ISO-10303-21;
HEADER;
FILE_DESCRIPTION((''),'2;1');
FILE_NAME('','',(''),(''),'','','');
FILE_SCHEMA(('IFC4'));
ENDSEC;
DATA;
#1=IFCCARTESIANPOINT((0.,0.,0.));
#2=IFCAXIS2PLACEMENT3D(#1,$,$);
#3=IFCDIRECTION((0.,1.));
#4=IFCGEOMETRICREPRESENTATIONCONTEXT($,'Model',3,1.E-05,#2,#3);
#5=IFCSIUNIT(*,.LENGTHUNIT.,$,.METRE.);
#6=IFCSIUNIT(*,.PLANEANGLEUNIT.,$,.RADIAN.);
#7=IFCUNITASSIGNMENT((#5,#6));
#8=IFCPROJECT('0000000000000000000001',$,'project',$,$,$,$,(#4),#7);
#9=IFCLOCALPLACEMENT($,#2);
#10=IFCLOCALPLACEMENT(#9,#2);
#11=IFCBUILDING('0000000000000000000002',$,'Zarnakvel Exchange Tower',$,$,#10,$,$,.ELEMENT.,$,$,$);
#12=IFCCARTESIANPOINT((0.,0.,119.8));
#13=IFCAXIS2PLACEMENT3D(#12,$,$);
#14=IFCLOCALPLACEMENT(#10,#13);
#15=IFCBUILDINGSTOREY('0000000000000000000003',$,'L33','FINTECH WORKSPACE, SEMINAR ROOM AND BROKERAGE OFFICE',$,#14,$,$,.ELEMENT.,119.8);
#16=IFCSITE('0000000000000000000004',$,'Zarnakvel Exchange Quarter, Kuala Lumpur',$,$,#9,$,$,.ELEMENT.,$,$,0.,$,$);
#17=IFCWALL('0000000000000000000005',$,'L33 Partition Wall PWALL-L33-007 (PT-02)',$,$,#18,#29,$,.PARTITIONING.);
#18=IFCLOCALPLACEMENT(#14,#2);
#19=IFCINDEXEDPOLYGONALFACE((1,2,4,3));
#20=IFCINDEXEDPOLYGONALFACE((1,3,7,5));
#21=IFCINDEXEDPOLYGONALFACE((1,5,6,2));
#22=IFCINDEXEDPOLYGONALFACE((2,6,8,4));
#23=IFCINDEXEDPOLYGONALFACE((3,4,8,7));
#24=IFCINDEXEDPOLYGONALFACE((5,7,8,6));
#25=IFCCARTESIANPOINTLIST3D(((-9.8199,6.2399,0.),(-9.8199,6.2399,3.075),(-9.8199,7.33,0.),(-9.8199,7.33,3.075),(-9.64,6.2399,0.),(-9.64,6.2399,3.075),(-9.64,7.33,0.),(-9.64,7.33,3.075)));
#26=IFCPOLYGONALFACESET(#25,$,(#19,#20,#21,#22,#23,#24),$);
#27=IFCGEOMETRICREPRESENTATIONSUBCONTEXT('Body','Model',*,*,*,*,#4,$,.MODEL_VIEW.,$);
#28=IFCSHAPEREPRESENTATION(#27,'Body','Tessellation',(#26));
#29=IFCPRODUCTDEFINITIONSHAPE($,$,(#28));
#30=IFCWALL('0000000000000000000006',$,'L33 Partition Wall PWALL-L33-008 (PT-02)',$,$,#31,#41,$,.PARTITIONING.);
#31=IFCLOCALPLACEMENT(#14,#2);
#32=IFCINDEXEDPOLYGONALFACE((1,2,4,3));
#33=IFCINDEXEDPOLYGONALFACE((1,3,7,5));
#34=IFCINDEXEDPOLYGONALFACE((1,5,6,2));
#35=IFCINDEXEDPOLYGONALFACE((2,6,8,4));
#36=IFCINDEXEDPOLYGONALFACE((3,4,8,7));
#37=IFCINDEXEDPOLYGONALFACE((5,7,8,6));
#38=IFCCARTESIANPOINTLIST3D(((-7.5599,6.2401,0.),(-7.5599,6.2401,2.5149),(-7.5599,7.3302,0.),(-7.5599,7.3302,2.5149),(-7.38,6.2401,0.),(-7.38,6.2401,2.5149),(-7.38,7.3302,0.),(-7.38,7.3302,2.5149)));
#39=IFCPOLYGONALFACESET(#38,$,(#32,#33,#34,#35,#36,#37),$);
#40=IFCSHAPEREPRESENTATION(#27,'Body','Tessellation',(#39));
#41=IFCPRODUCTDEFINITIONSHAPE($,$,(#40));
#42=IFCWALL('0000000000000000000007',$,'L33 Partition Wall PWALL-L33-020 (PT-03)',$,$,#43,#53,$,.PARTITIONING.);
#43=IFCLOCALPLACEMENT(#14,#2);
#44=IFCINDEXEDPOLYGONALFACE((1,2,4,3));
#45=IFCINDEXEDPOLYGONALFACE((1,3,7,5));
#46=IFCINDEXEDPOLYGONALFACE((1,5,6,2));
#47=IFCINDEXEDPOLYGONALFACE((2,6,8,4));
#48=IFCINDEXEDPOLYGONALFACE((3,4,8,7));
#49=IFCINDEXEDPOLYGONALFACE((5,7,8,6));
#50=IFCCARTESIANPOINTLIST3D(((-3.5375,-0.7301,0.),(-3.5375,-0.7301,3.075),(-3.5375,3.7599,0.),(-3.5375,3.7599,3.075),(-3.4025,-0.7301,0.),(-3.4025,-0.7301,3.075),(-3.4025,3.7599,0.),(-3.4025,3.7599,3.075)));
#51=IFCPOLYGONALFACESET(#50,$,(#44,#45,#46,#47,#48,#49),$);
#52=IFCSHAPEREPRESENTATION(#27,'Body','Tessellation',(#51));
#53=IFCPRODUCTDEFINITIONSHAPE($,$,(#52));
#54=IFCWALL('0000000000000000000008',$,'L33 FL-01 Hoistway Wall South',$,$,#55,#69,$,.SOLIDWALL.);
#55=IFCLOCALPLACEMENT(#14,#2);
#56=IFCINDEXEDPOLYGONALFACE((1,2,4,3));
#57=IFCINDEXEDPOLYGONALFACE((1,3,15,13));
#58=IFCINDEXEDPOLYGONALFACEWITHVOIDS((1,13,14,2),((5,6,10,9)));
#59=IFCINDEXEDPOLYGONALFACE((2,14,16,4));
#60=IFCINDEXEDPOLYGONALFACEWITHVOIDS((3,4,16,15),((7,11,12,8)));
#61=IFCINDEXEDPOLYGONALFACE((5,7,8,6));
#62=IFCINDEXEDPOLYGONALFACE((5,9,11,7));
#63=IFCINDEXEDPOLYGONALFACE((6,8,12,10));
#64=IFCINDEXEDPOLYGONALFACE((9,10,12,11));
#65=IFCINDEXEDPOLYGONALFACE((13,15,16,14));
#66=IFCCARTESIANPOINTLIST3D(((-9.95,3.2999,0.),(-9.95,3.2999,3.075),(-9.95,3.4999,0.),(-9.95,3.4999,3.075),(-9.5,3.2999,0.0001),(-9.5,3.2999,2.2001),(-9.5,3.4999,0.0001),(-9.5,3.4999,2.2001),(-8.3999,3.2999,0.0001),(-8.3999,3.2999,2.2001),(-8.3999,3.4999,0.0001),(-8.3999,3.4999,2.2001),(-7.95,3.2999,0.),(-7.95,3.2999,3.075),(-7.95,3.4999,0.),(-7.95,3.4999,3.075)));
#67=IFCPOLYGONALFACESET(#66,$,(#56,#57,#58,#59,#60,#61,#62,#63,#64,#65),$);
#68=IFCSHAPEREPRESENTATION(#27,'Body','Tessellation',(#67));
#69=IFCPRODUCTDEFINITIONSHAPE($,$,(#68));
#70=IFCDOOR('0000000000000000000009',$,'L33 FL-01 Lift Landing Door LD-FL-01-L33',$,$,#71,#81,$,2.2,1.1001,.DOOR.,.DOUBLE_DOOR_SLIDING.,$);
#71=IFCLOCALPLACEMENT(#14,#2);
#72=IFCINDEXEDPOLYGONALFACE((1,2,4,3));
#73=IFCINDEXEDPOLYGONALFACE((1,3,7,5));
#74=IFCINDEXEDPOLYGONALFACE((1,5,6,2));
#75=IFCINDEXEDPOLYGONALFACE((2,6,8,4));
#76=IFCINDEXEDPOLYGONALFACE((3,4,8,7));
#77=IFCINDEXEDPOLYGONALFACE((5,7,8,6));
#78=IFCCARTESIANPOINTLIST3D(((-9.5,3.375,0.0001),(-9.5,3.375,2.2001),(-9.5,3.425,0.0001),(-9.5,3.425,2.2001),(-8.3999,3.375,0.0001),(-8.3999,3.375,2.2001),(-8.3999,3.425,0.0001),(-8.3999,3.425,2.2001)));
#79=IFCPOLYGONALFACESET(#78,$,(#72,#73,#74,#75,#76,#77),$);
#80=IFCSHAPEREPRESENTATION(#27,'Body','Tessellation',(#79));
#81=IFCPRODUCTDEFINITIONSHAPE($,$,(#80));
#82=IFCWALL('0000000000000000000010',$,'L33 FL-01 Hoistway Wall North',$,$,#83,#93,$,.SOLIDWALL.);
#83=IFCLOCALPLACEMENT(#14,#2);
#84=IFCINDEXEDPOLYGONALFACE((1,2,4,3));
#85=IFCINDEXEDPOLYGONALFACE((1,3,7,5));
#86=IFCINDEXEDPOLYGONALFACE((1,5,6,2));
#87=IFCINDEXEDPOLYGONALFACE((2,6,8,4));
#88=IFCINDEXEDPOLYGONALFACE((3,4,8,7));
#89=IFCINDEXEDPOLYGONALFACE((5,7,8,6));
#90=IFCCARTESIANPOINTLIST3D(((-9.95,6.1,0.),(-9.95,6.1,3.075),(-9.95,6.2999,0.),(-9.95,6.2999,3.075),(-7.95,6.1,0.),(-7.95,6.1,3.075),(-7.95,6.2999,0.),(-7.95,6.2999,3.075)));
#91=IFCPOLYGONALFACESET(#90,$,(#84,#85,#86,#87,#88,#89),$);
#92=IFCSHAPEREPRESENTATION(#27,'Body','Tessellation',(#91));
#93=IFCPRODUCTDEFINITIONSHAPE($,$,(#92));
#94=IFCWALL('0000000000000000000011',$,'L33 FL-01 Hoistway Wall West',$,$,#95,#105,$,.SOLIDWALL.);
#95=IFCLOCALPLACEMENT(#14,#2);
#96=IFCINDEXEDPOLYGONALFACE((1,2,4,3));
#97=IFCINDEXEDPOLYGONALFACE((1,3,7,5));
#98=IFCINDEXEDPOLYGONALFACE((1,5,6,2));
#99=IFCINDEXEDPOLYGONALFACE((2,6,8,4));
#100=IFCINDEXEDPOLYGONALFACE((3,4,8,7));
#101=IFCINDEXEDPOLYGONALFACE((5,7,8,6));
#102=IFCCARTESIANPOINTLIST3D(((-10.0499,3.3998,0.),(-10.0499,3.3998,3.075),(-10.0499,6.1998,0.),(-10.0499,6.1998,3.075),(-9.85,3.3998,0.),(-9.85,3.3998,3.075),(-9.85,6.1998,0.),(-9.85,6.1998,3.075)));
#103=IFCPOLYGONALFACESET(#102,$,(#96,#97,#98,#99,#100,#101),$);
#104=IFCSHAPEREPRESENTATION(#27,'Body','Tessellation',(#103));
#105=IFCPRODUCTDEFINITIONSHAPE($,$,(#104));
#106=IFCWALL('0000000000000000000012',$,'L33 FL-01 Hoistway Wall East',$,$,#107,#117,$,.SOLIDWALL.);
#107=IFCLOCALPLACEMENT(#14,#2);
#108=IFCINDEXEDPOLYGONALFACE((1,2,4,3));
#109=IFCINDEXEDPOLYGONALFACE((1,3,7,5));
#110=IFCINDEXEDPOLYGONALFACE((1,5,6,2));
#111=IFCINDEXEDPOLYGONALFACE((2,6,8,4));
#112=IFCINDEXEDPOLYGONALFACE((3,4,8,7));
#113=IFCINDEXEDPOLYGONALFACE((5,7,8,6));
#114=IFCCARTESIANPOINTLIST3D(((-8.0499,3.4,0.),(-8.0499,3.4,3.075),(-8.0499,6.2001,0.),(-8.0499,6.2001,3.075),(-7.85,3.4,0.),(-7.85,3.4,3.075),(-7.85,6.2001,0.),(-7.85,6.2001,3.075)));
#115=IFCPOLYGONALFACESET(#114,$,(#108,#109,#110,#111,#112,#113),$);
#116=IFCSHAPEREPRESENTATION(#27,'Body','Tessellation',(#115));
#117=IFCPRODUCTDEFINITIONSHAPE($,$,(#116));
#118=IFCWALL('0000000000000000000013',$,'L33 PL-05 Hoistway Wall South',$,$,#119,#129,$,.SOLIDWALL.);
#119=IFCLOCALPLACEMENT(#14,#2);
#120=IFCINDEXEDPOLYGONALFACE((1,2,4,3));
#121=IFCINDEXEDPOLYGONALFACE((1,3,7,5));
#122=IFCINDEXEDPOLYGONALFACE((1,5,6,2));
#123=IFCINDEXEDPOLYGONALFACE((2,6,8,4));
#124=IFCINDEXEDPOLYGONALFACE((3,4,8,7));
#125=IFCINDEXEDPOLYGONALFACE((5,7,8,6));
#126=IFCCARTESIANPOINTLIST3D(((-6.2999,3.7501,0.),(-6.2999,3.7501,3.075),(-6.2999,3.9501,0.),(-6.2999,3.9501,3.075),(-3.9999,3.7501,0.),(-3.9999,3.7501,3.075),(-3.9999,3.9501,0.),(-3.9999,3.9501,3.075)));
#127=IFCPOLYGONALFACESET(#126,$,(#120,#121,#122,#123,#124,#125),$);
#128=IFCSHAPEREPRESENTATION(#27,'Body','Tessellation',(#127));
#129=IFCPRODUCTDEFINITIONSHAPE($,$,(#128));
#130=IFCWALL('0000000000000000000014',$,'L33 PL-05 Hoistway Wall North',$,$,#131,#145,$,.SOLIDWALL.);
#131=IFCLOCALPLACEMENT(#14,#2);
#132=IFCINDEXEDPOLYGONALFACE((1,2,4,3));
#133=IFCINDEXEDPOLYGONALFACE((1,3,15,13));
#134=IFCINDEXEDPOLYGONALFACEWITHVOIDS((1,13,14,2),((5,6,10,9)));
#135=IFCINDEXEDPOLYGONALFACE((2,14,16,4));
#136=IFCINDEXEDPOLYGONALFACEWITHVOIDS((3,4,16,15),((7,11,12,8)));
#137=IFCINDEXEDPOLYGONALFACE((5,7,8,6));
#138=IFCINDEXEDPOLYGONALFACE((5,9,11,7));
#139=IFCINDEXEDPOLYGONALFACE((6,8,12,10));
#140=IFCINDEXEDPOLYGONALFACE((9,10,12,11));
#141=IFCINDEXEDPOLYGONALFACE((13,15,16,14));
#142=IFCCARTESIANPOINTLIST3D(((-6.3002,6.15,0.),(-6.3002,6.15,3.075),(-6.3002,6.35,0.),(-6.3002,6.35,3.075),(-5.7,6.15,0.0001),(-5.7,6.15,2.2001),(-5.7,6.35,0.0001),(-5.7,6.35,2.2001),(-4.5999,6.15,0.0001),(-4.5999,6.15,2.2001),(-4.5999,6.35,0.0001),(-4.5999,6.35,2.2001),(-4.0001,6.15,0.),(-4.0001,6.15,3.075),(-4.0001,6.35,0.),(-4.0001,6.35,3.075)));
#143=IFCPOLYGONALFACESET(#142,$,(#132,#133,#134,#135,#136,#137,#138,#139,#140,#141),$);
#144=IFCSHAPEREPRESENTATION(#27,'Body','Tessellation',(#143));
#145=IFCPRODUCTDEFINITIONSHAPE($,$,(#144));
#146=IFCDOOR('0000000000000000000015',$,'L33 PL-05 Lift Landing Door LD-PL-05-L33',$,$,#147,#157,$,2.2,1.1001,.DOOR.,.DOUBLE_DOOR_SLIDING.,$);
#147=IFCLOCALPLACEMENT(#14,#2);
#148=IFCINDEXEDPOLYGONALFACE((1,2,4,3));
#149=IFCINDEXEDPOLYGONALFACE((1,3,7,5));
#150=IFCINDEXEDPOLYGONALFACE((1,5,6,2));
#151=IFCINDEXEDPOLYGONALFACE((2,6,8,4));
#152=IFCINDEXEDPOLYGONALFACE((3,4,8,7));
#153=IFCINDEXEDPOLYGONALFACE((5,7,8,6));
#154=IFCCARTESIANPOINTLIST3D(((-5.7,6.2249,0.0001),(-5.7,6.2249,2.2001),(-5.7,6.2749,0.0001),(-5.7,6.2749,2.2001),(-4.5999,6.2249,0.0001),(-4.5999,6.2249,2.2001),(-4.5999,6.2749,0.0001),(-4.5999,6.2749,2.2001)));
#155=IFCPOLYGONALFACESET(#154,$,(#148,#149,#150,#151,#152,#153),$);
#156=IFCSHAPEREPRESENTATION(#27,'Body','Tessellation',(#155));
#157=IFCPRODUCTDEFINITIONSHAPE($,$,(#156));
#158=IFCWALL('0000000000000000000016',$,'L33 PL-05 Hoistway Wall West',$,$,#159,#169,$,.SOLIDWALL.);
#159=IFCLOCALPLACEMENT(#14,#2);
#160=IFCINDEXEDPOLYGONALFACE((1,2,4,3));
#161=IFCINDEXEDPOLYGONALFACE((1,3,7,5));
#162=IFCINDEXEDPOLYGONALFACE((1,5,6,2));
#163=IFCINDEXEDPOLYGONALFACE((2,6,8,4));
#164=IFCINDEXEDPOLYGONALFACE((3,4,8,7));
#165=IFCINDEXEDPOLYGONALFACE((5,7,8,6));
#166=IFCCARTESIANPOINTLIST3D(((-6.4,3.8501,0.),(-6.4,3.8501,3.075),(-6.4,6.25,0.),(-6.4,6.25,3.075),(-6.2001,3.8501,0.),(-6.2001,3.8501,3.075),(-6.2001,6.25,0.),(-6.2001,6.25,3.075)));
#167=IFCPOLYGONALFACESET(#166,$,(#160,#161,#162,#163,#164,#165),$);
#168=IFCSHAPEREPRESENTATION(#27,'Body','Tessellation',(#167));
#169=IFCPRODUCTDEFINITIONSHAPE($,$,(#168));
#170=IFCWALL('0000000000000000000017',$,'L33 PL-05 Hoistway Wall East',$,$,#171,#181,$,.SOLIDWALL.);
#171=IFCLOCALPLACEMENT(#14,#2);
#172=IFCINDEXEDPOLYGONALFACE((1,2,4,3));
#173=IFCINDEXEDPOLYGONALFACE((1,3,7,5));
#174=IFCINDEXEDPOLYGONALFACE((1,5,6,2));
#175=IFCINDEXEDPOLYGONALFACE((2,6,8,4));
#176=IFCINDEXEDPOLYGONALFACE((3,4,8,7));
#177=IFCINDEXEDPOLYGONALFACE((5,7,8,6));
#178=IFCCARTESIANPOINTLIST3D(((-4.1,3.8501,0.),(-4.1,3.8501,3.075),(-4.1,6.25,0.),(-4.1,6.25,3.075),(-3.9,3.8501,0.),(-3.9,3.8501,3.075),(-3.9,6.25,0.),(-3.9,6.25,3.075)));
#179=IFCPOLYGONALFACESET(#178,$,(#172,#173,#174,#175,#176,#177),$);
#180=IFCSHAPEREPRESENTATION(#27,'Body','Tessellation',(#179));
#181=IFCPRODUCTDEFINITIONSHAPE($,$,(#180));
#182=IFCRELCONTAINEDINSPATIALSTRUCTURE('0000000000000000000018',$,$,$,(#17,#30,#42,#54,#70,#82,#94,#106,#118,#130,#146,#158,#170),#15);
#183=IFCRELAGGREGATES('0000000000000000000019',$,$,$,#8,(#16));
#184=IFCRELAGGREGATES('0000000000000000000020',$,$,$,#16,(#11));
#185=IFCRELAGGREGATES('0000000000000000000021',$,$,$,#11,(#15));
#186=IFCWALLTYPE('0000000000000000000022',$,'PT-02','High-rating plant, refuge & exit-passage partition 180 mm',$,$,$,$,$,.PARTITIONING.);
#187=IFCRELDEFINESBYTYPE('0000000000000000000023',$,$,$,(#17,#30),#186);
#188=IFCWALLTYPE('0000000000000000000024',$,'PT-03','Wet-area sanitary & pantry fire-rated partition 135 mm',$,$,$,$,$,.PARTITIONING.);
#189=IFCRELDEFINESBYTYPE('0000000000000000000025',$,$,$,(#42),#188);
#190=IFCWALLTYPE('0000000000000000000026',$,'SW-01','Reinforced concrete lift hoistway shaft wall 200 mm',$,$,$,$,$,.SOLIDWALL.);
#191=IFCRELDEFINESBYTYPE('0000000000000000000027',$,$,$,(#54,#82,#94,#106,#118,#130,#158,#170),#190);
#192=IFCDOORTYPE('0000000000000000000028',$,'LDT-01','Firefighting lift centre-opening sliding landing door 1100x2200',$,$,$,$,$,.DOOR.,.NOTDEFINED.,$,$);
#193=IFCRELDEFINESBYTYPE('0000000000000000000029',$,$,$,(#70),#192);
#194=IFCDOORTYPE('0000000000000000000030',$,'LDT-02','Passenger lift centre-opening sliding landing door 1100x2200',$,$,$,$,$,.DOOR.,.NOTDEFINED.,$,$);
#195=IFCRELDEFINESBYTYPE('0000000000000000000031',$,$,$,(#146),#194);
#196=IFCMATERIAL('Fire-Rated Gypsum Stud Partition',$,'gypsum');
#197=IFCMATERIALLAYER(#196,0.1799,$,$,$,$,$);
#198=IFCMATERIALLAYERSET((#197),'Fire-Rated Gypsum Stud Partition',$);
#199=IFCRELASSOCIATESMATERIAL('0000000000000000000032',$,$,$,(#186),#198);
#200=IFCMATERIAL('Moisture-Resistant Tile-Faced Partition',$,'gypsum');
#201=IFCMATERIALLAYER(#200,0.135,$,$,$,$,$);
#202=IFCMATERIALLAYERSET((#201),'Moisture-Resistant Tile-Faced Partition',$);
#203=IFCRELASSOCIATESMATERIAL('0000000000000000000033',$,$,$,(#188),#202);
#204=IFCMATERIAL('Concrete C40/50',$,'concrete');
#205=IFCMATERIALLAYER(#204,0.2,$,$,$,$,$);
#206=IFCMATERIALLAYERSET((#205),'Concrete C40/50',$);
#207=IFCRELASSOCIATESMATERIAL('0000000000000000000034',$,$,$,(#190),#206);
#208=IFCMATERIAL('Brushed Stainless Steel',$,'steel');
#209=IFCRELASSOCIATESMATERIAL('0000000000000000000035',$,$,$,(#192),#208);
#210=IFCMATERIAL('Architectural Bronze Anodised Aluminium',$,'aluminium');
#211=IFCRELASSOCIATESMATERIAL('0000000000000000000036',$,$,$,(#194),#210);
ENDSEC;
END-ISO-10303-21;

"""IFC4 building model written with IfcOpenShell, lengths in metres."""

from ifc_helpers import new_model, si_unit, direction, frame, frame_2d, origin, place, context, subcontext, project, spatial, rectangle, extrude, source, transform, mapped, material, layer, layer_set, type_object, element, fill, save


model = new_model("IFC4")

# Units and contexts
model_context = context("Model", 3, precision=1e-05, world=origin(), true_north=direction((0.0, 1.0)))
body_context = subcontext(model_context, "Body", "Model", "MODEL_VIEW")
ifc_project = project(units=[si_unit("LENGTHUNIT", "METRE"), si_unit("PLANEANGLEUNIT", "RADIAN")], contexts=[model_context])

# Site, building, storey
site_placement = place(None, origin())
site = spatial("IfcSite", under=ifc_project, at=site_placement, Name="Zarnakvel Exchange Quarter, Kuala Lumpur", CompositionType="ELEMENT", RefElevation=0.0)
building_placement = place(site_placement, origin())
building = spatial("IfcBuilding", under=site, at=building_placement, Name="Zarnakvel Exchange Tower", CompositionType="ELEMENT")
storey_placement = place(building_placement, frame((0.0, 0.0, 119.8)))
storey = spatial("IfcBuildingStorey", under=building, at=storey_placement, Name="L33", Description="FINTECH WORKSPACE, SEMINAR ROOM AND BROKERAGE OFFICE", CompositionType="ELEMENT", Elevation=119.8)

# Walls
ifc_material_1 = material(Name="Fire-Rated Gypsum Stud Partition", Category="gypsum")
ifc_layer_1 = layer(ifc_material_1, 0.1799)
ifc_layer_set_1 = layer_set([ifc_layer_1], Name="Fire-Rated Gypsum Stud Partition")
wall_type_1 = type_object("IfcWallType", Name="PT-02", Description="High-rating plant, refuge & exit-passage partition 180 mm", PredefinedType="PARTITIONING", material=ifc_layer_set_1)
wall_1_placement = place(storey_placement, frame((-9.73, 6.24, 0.0), z_axis=(0.0, 0.0, 1.0), x_axis=(0.0, 1.0, 0.0)))
element("IfcWall", 1, at=wall_1_placement, inside=storey, type_object=wall_type_1, Name="L33 Partition Wall PWALL-L33-007 (PT-02)", PredefinedType="PARTITIONING", context=body_context, shape_type="SweptSolid", body=[
    extrude(rectangle(XDim=1.0901, YDim=0.1799, at=frame_2d((0.5449, 0.0))), origin(), (0.0, 0.0, 1.0), 3.075),
])
wall_2_placement = place(storey_placement, frame((-7.47, 7.3301, 0.0), z_axis=(0.0, 0.0, 1.0), x_axis=(0.0, -1.0, 0.0)))
element("IfcWall", 2, at=wall_2_placement, inside=storey, type_object=wall_type_1, Name="L33 Partition Wall PWALL-L33-008 (PT-02)", PredefinedType="PARTITIONING", context=body_context, shape_type="SweptSolid", body=[
    extrude(rectangle(XDim=1.0901, YDim=0.1799, at=frame_2d((0.5449, 0.0))), origin(), (0.0, 0.0, 1.0), 2.5149),
])
ifc_material_2 = material(Name="Moisture-Resistant Tile-Faced Partition", Category="gypsum")
ifc_layer_2 = layer(ifc_material_2, 0.135)
ifc_layer_set_2 = layer_set([ifc_layer_2], Name="Moisture-Resistant Tile-Faced Partition")
wall_type_2 = type_object("IfcWallType", Name="PT-03", Description="Wet-area sanitary & pantry fire-rated partition 135 mm", PredefinedType="PARTITIONING", material=ifc_layer_set_2)
wall_3_placement = place(storey_placement, frame((-3.47, 3.76, 0.0), z_axis=(0.0, 0.0, 1.0), x_axis=(0.0, -1.0, 0.0)))
element("IfcWall", 3, at=wall_3_placement, inside=storey, type_object=wall_type_2, Name="L33 Partition Wall PWALL-L33-020 (PT-03)", PredefinedType="PARTITIONING", context=body_context, shape_type="SweptSolid", body=[
    extrude(rectangle(XDim=4.49, YDim=0.135, at=frame_2d((2.2451, 0.0))), origin(), (0.0, 0.0, 1.0), 3.075),
])

# Wall, opening, door
ifc_material_3 = material(Name="Concrete C40/50", Category="concrete")
ifc_layer_3 = layer(ifc_material_3, 0.2)
ifc_layer_set_3 = layer_set([ifc_layer_3], Name="Concrete C40/50")
wall_type_3 = type_object("IfcWallType", Name="SW-01", Description="Reinforced concrete lift hoistway shaft wall 200 mm", PredefinedType="SOLIDWALL", material=ifc_layer_set_3)
wall_4_placement = place(storey_placement, frame((-7.95, 3.3999, 0.0), z_axis=(0.0, 0.0, 1.0), x_axis=(-1.0, 0.0, 0.0)))
wall_4 = element("IfcWall", 4, at=wall_4_placement, inside=storey, type_object=wall_type_3, Name="L33 FL-01 Hoistway Wall South", PredefinedType="SOLIDWALL", context=body_context, shape_type="SweptSolid", body=[
    extrude(rectangle(XDim=2.0, YDim=0.2, at=frame_2d((1.0, 0.0))), origin(), (0.0, 0.0, 1.0), 3.075),
])
opening_1_placement = place(wall_4_placement, frame((0.45, 0.0, 0.0)))
opening_1 = element("IfcOpeningElement", 5, at=opening_1_placement, cuts=wall_4, PredefinedType="OPENING", context=body_context, shape_type="SweptSolid", body=[
    extrude(rectangle(XDim=1.1001, YDim=2.2, at=frame_2d((0.55, 1.1001))), frame((0.0, 0.1099, 0.0), z_axis=(0.0, -1.0, 0.0), x_axis=(1.0, 0.0, 0.0)), (0.0, 0.0, 1.0), 0.22),
])
ifc_material_4 = material(Name="Brushed Stainless Steel", Category="steel")
door_type_1 = type_object("IfcDoorType", Name="LDT-01", Description="Firefighting lift centre-opening sliding landing door 1100x2200", OperationType="NOTDEFINED", PredefinedType="DOOR", material=ifc_material_4)
shared_shape_1 = source(origin(), body_context, "Body", "SweptSolid", [
    extrude(rectangle(XDim=1.1001, YDim=2.2, at=frame_2d((0.55, 1.1001))), frame((0.0, 0.0249, 0.0), z_axis=(0.0, -1.0, 0.0), x_axis=(1.0, 0.0, 0.0)), (0.0, 0.0, 1.0), 0.05),
])
door_1_placement = place(opening_1_placement, origin())
door_1 = element("IfcDoor", 6, at=door_1_placement, inside=storey, type_object=door_type_1, Name="L33 FL-01 Lift Landing Door LD-FL-01-L33", OperationType="DOUBLE_DOOR_SLIDING", OverallHeight=2.2, OverallWidth=1.1001, PredefinedType="DOOR", context=body_context, shape_type="MappedRepresentation", body=[
    mapped(shared_shape_1, transform((0.0, 0.0, 0.0), x_axis=(1.0, 0.0, 0.0), y_axis=(0.0, 1.0, 0.0), z_axis=(0.0, 0.0, 1.0), scale=1.0)),
])
fill(opening_1, door_1)

# Walls
wall_5_placement = place(storey_placement, frame((-9.95, 6.2, 0.0), z_axis=(0.0, 0.0, 1.0), x_axis=(1.0, 0.0, 0.0)))
element("IfcWall", 7, at=wall_5_placement, inside=storey, type_object=wall_type_3, Name="L33 FL-01 Hoistway Wall North", PredefinedType="SOLIDWALL", context=body_context, shape_type="SweptSolid", body=[
    extrude(rectangle(XDim=2.0, YDim=0.2, at=frame_2d((1.0, 0.0))), origin(), (0.0, 0.0, 1.0), 3.075),
])
for number, where, z_axis, x_axis, name in (
    (8, (-9.95, 3.3999, 0.0), (0.0, 0.0, 1.0), (0.0, 1.0, 0.0), "L33 FL-01 Hoistway Wall West"),
    (9, (-7.95, 6.2, 0.0), (0.0, 0.0, 1.0), (0.0, -1.0, 0.0), "L33 FL-01 Hoistway Wall East"),
):
    element("IfcWall", number, at=place(storey_placement, frame(where, z_axis=z_axis, x_axis=x_axis)), inside=storey, type_object=wall_type_3, Name=name, PredefinedType="SOLIDWALL", context=body_context, shape_type="SweptSolid", body=[
        extrude(rectangle(XDim=2.8, YDim=0.2, at=frame_2d((1.3999, 0.0))), origin(), (0.0, 0.0, 1.0), 3.075),
    ])
wall_6_placement = place(storey_placement, frame((-4.0, 3.8501, 0.0), z_axis=(0.0, 0.0, 1.0), x_axis=(-1.0, 0.0, 0.0)))
element("IfcWall", 10, at=wall_6_placement, inside=storey, type_object=wall_type_3, Name="L33 PL-05 Hoistway Wall South", PredefinedType="SOLIDWALL", context=body_context, shape_type="SweptSolid", body=[
    extrude(rectangle(XDim=2.3, YDim=0.2, at=frame_2d((1.1499, 0.0))), origin(), (0.0, 0.0, 1.0), 3.075),
])

# Wall, opening, door
wall_7_placement = place(storey_placement, frame((-6.3, 6.25, 0.0), z_axis=(0.0, 0.0, 1.0), x_axis=(1.0, 0.0, 0.0)))
wall_7 = element("IfcWall", 11, at=wall_7_placement, inside=storey, type_object=wall_type_3, Name="L33 PL-05 Hoistway Wall North", PredefinedType="SOLIDWALL", context=body_context, shape_type="SweptSolid", body=[
    extrude(rectangle(XDim=2.3, YDim=0.2, at=frame_2d((1.1499, 0.0))), origin(), (0.0, 0.0, 1.0), 3.075),
])
opening_2_placement = place(wall_7_placement, frame((0.6001, 0.0, 0.0)))
opening_2 = element("IfcOpeningElement", 12, at=opening_2_placement, cuts=wall_7, PredefinedType="OPENING", context=body_context, shape_type="SweptSolid", body=[
    extrude(rectangle(XDim=1.1001, YDim=2.2, at=frame_2d((0.55, 1.1001))), frame((0.0, 0.1099, 0.0), z_axis=(0.0, -1.0, 0.0), x_axis=(1.0, 0.0, 0.0)), (0.0, 0.0, 1.0), 0.22),
])
ifc_material_5 = material(Name="Architectural Bronze Anodised Aluminium", Category="aluminium")
door_type_2 = type_object("IfcDoorType", Name="LDT-02", Description="Passenger lift centre-opening sliding landing door 1100x2200", OperationType="NOTDEFINED", PredefinedType="DOOR", material=ifc_material_5)
door_2_placement = place(opening_2_placement, origin())
door_2 = element("IfcDoor", 13, at=door_2_placement, inside=storey, type_object=door_type_2, Name="L33 PL-05 Lift Landing Door LD-PL-05-L33", OperationType="DOUBLE_DOOR_SLIDING", OverallHeight=2.2, OverallWidth=1.1001, PredefinedType="DOOR", context=body_context, shape_type="MappedRepresentation", body=[
    mapped(shared_shape_1, transform((0.0, 0.0, 0.0), x_axis=(1.0, 0.0, 0.0), y_axis=(0.0, 1.0, 0.0), z_axis=(0.0, 0.0, 1.0), scale=1.0)),
])
fill(opening_2, door_2)

# Walls
for number, where, z_axis, x_axis, name in (
    (14, (-6.3, 3.8501, 0.0), (0.0, 0.0, 1.0), (0.0, 1.0, 0.0), "L33 PL-05 Hoistway Wall West"),
    (15, (-4.0, 6.25, 0.0), (0.0, 0.0, 1.0), (0.0, -1.0, 0.0), "L33 PL-05 Hoistway Wall East"),
):
    element("IfcWall", number, at=place(storey_placement, frame(where, z_axis=z_axis, x_axis=x_axis)), inside=storey, type_object=wall_type_3, Name=name, PredefinedType="SOLIDWALL", context=body_context, shape_type="SweptSolid", body=[
        extrude(rectangle(XDim=2.3999, YDim=0.2, at=frame_2d((1.2, 0.0))), origin(), (0.0, 0.0, 1.0), 3.075),
    ])

save(model, "model.ifc")
